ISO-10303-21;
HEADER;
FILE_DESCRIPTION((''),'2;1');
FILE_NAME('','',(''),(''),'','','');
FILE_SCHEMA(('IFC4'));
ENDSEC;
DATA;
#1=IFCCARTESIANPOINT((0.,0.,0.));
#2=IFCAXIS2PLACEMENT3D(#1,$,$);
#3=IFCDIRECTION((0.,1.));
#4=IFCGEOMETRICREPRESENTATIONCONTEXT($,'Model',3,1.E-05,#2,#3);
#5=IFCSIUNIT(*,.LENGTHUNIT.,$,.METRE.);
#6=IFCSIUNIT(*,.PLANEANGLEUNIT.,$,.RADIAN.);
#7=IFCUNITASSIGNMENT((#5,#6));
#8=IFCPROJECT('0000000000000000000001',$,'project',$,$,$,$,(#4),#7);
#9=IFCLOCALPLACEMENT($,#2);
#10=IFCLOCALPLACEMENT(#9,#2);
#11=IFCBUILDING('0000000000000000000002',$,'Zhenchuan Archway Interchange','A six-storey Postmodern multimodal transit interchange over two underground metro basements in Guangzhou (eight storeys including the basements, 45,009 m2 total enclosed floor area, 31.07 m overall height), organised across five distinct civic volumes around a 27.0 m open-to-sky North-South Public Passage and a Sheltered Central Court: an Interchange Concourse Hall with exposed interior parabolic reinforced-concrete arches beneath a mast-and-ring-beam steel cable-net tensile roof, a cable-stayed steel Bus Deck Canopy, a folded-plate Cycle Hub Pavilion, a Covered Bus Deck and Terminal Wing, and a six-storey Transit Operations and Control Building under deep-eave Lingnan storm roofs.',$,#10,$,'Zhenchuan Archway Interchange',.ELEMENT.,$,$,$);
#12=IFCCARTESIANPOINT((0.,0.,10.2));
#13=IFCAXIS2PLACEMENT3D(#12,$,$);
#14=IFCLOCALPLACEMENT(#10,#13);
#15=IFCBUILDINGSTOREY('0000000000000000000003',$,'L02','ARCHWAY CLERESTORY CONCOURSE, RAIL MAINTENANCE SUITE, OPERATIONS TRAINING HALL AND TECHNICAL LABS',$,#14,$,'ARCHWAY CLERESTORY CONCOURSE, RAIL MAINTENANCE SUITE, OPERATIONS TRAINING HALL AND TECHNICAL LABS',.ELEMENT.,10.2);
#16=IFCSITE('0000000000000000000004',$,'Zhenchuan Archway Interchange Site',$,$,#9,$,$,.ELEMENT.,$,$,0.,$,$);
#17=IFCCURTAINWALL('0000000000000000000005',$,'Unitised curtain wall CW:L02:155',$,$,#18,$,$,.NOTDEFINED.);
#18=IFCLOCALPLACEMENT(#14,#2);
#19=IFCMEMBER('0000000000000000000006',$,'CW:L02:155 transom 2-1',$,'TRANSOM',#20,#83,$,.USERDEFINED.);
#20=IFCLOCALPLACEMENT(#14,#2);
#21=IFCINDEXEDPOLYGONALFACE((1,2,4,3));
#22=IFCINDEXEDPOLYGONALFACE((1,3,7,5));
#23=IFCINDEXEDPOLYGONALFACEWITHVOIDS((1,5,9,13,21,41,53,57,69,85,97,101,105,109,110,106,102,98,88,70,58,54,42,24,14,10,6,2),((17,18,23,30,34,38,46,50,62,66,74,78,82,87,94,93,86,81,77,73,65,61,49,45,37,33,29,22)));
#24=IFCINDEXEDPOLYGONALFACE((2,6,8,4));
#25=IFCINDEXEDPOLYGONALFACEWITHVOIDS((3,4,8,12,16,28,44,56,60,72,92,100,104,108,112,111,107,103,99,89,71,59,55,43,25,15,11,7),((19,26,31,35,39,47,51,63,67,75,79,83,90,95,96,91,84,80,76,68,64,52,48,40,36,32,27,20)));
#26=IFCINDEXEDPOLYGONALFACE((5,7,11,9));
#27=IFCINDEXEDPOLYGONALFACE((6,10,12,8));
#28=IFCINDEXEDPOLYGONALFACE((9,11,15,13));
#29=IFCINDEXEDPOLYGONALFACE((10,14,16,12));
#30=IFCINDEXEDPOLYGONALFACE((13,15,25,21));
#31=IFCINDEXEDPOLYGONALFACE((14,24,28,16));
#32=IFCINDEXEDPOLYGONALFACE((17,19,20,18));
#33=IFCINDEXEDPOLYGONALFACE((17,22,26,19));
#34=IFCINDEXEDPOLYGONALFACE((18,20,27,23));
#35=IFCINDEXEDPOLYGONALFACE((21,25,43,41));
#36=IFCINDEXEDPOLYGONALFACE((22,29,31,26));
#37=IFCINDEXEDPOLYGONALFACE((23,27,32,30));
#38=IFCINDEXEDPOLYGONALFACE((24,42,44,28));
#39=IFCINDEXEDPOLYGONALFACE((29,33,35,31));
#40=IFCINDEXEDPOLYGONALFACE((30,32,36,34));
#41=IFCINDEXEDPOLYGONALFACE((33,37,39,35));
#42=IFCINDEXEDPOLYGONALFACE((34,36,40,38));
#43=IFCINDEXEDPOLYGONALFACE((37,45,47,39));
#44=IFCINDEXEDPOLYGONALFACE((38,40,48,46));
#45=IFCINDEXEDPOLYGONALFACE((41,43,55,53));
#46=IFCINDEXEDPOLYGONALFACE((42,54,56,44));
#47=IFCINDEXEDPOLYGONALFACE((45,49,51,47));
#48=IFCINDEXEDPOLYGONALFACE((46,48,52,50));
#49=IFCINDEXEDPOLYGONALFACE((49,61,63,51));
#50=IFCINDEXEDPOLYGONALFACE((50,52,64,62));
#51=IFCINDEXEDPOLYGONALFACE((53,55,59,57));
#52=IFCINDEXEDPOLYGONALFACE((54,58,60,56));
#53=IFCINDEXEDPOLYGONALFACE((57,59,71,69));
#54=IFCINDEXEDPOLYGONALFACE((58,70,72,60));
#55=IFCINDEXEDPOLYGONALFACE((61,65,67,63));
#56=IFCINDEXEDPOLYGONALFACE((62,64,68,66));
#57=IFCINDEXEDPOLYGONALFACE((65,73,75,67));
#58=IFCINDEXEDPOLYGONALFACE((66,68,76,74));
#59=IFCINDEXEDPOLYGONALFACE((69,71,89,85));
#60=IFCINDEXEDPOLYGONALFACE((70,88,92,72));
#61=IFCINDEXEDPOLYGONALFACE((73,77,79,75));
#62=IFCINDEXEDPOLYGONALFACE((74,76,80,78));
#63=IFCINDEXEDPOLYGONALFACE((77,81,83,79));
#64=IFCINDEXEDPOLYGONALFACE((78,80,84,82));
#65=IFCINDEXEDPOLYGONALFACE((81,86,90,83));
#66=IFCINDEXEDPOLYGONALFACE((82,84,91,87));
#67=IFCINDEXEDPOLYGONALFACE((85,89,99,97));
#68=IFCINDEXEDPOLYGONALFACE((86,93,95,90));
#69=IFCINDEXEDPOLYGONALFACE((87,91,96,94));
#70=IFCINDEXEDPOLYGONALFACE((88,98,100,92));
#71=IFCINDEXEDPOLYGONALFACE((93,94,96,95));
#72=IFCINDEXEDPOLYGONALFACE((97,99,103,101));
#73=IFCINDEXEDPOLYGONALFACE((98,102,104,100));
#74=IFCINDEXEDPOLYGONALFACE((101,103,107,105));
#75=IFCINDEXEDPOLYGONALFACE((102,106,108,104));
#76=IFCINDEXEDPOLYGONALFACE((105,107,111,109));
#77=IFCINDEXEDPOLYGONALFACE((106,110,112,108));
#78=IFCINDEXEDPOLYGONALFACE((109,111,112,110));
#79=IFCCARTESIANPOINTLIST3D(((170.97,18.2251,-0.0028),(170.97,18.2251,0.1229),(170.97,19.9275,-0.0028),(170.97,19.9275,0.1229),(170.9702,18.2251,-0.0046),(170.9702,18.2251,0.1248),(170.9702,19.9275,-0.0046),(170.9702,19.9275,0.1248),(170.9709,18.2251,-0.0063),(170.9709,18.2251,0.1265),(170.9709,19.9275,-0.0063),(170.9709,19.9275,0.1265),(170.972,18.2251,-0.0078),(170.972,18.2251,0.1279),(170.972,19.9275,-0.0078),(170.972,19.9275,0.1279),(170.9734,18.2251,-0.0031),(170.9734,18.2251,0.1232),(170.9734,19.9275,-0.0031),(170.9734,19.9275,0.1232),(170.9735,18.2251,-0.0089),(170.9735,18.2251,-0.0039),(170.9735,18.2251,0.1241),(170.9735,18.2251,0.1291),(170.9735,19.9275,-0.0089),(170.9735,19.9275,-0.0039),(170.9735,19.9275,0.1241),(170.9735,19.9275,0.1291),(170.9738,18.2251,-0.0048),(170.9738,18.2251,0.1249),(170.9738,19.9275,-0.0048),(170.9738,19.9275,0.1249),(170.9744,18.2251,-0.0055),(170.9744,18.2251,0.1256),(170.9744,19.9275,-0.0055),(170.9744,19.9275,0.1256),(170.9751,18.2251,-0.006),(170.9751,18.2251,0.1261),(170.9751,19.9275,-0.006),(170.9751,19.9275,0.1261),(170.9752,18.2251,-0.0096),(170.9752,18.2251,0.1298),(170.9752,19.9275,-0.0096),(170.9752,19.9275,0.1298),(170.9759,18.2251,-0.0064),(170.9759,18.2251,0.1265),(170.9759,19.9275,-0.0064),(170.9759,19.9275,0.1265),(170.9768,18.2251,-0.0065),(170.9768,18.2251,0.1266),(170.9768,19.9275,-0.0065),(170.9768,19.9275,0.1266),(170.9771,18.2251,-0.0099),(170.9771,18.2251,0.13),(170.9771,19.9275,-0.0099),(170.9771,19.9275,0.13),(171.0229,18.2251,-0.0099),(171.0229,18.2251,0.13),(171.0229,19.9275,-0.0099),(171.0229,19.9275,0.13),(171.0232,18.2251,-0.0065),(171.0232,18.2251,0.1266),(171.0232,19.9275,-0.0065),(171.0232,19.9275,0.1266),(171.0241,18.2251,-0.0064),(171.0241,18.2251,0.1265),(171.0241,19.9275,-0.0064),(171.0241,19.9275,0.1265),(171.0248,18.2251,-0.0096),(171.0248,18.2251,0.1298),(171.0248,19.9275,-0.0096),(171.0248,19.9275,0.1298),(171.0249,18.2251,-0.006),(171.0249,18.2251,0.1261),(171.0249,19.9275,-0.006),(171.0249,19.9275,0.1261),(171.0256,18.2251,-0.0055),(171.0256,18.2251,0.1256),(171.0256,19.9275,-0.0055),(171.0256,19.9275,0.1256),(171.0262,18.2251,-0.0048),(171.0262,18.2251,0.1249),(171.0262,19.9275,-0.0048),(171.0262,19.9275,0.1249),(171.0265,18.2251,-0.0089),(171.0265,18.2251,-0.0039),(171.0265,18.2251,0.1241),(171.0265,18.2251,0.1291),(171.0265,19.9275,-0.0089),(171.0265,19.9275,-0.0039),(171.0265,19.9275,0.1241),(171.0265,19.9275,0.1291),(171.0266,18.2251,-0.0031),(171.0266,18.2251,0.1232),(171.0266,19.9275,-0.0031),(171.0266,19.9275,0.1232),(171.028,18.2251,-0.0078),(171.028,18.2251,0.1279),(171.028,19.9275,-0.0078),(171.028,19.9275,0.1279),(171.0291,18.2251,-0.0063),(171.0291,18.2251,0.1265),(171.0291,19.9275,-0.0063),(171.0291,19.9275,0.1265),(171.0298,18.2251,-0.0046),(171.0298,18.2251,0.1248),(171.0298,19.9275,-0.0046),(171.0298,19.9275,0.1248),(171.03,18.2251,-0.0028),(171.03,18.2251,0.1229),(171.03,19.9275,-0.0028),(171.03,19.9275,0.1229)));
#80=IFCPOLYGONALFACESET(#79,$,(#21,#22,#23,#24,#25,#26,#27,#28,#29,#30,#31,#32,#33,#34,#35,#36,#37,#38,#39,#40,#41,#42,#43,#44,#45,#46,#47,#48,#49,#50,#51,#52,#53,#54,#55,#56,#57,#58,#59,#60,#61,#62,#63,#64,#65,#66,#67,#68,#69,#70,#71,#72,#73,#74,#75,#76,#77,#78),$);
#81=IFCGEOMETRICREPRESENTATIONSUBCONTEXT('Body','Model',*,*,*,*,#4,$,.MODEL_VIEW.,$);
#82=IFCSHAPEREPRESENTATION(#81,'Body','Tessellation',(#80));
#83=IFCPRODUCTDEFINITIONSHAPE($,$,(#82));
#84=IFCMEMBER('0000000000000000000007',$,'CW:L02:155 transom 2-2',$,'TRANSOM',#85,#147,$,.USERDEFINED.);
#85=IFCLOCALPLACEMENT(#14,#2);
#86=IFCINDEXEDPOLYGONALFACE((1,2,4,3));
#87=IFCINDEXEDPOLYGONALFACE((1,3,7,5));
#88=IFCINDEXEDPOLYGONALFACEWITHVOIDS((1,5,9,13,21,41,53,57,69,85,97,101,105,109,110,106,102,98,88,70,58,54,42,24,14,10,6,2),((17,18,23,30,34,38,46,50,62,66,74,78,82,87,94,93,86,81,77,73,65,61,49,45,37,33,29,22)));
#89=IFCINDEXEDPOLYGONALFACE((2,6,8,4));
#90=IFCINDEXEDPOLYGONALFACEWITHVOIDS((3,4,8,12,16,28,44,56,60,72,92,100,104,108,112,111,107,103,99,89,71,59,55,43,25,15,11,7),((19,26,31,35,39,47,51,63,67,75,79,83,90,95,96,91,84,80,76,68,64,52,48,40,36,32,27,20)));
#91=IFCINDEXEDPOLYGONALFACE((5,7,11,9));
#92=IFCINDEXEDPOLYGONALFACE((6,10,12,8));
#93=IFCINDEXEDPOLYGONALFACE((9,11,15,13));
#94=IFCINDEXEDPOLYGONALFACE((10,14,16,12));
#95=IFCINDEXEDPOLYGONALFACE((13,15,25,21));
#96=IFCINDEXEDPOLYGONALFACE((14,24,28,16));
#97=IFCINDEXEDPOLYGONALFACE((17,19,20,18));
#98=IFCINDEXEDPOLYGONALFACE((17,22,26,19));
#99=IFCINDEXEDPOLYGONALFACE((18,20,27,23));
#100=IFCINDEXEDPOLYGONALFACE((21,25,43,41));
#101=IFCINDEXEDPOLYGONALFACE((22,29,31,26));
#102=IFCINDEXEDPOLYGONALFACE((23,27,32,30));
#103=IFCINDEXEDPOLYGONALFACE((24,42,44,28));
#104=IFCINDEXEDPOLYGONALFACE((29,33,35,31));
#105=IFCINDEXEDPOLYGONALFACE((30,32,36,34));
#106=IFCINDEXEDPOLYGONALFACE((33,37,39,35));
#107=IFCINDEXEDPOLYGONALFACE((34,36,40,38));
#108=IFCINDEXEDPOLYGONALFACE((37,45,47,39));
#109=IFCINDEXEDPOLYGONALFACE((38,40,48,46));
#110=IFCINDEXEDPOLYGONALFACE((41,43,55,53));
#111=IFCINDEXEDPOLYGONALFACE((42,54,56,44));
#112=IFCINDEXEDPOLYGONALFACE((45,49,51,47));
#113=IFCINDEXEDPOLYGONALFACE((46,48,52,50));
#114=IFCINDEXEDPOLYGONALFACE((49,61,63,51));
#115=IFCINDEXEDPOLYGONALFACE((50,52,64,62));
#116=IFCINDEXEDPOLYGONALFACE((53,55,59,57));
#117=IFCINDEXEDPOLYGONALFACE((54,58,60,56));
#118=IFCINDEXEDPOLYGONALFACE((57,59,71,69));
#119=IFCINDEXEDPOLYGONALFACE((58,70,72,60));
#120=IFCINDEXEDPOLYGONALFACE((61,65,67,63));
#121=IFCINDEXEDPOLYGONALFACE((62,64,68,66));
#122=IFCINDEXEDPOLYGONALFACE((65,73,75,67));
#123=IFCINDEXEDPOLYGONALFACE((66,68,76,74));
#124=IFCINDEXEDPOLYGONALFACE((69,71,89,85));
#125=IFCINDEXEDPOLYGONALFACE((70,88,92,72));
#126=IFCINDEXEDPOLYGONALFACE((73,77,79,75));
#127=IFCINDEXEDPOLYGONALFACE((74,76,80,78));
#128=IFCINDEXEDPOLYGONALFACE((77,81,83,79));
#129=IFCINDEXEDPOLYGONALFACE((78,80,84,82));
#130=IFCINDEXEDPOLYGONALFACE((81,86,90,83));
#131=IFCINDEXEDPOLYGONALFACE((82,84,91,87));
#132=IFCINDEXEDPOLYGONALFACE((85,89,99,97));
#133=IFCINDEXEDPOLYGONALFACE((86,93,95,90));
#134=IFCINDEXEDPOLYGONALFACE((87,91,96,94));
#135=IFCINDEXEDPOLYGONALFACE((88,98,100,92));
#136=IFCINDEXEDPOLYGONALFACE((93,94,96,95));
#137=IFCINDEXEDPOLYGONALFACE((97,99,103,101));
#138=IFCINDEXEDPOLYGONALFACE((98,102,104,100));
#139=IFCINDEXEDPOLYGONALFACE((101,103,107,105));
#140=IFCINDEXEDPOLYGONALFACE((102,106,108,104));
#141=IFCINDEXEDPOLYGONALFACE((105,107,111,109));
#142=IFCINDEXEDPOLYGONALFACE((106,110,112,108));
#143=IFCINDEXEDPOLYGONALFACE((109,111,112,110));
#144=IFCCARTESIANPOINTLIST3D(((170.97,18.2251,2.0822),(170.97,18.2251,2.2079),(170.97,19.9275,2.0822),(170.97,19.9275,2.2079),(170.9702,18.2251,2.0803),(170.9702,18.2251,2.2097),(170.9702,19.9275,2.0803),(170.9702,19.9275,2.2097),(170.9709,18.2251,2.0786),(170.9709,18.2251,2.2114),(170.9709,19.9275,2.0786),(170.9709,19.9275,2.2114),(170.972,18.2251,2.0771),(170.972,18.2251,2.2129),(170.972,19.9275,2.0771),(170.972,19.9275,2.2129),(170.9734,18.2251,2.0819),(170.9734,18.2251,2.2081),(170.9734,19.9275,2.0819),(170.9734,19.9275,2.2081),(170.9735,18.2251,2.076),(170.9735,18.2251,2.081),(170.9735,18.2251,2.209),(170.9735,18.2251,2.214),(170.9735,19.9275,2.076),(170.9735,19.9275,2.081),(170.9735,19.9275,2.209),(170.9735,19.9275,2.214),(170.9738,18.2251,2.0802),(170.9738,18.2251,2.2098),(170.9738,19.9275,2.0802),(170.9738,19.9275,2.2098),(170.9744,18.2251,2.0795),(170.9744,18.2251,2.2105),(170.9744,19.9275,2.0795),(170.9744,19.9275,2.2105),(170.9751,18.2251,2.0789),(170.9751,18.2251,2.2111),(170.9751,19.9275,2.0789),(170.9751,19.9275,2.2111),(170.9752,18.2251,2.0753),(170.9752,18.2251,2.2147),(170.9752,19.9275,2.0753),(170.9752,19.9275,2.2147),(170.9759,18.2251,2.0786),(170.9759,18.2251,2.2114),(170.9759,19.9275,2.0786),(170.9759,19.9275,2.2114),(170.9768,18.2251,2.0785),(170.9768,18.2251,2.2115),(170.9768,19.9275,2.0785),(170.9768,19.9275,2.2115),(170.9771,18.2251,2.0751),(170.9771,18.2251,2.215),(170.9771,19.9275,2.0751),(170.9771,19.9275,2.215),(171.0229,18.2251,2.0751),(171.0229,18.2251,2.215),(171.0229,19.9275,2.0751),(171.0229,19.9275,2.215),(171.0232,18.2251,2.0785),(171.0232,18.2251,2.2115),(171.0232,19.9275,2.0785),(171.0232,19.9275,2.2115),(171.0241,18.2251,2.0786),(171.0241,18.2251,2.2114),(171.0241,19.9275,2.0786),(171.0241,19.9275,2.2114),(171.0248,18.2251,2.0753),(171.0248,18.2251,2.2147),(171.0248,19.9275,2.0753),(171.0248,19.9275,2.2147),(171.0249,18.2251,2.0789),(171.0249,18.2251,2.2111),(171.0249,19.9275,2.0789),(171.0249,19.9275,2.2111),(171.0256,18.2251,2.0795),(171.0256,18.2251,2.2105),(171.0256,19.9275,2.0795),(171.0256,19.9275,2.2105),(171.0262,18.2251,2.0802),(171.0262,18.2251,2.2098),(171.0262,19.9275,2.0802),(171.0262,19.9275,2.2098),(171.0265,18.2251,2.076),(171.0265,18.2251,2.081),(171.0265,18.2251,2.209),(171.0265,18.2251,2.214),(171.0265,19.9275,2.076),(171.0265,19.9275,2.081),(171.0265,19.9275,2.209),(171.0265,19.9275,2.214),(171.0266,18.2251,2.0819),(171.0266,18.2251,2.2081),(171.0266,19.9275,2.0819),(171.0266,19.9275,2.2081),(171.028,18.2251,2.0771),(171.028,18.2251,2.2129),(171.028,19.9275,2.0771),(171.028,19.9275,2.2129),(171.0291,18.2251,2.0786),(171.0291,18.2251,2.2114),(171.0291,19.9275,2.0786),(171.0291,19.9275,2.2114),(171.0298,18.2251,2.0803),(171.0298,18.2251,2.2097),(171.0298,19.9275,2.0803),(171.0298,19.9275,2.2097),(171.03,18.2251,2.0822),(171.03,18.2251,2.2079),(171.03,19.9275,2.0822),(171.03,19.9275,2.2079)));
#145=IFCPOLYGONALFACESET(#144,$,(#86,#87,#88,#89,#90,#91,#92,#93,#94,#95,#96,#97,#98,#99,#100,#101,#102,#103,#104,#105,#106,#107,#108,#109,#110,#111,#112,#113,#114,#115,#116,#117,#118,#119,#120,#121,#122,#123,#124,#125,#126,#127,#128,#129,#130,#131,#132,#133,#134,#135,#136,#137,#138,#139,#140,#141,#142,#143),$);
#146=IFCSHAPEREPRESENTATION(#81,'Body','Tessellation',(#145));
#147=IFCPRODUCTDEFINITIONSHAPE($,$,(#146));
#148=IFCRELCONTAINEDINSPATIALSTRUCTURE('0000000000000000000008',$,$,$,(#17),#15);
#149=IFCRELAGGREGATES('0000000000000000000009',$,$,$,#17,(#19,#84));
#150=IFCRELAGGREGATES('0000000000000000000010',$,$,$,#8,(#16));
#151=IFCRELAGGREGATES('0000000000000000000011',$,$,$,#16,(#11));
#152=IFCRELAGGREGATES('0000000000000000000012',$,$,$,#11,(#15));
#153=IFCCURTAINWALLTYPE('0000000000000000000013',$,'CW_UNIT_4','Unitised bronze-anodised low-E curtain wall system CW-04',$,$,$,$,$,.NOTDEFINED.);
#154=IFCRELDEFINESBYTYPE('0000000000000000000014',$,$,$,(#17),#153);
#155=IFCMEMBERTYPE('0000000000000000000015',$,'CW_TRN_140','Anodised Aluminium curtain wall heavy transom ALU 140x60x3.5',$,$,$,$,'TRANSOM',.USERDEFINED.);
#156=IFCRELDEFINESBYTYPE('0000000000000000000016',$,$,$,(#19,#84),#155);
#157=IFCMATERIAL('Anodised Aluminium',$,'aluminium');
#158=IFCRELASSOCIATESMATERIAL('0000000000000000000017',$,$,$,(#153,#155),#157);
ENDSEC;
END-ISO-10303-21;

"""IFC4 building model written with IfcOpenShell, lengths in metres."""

from ifc_helpers import new_model, si_unit, direction, frame, origin, origin_2d, place, context, subcontext, project, spatial, hollow_rectangle, extrude, material, material_profile, profile_set, type_object, element, aggregate, save


model = new_model("IFC4")

# Units and contexts
model_context = context("Model", 3, precision=1e-05, world=origin(), true_north=direction((0.0, 1.0)))
body_context = subcontext(model_context, "Body", "Model", "MODEL_VIEW")
ifc_project = project(units=[si_unit("LENGTHUNIT", "METRE"), si_unit("PLANEANGLEUNIT", "RADIAN")], contexts=[model_context])

# Site, building, storey
site_placement = place(None, origin())
site = spatial("IfcSite", under=ifc_project, at=site_placement, Name="Zhenchuan Archway Interchange Site", CompositionType="ELEMENT", RefElevation=0.0)
building_placement = place(site_placement, origin())
building = spatial("IfcBuilding", under=site, at=building_placement, Name="Zhenchuan Archway Interchange", Description="A six-storey Postmodern multimodal transit interchange over two underground metro basements in Guangzhou (eight storeys including the basements, 45,009 m2 total enclosed floor area, 31.07 m overall height), organised across five distinct civic volumes around a 27.0 m open-to-sky North-South Public Passage and a Sheltered Central Court: an Interchange Concourse Hall with exposed interior parabolic reinforced-concrete arches beneath a mast-and-ring-beam steel cable-net tensile roof, a cable-stayed steel Bus Deck Canopy, a folded-plate Cycle Hub Pavilion, a Covered Bus Deck and Terminal Wing, and a six-storey Transit Operations and Control Building under deep-eave Lingnan storm roofs.", LongName="Zhenchuan Archway Interchange", CompositionType="ELEMENT")
storey_placement = place(building_placement, frame((0.0, 0.0, 10.2)))
storey = spatial("IfcBuildingStorey", under=building, at=storey_placement, Name="L02", Description="ARCHWAY CLERESTORY CONCOURSE, RAIL MAINTENANCE SUITE, OPERATIONS TRAINING HALL AND TECHNICAL LABS", LongName="ARCHWAY CLERESTORY CONCOURSE, RAIL MAINTENANCE SUITE, OPERATIONS TRAINING HALL AND TECHNICAL LABS", CompositionType="ELEMENT", Elevation=10.2)

# Curtain wall, members
ifc_material_1 = material(Name="Anodised Aluminium", Category="aluminium")
curtain_wall_type = type_object("IfcCurtainWallType", Name="CW_UNIT_4", Description="Unitised bronze-anodised low-E curtain wall system CW-04", PredefinedType="NOTDEFINED", material=ifc_material_1)
curtain_wall_placement = place(storey_placement, origin())
curtain_wall = element("IfcCurtainWall", 1, at=curtain_wall_placement, inside=storey, type_object=curtain_wall_type, Name="Unitised curtain wall CW:L02:155", PredefinedType="NOTDEFINED")
ifc_material_profile_1 = material_profile(ifc_material_1, hollow_rectangle(XDim=0.0601, YDim=0.1399, WallThickness=0.0034, InnerFilletRadius=0.0034, OuterFilletRadius=0.0071, at=origin_2d()), Name="ALU 140x60x3.5")
ifc_profile_set_1 = profile_set([ifc_material_profile_1], Name="Anodised Aluminium")
member_type_1 = type_object("IfcMemberType", Name="CW_TRN_140", Description="Anodised Aluminium curtain wall heavy transom ALU 140x60x3.5", ElementType="TRANSOM", PredefinedType="USERDEFINED", material=ifc_profile_set_1)
member_1_placement = place(storey_placement, frame((171.0, 19.9275, 0.0601), z_axis=(0.0, -1.0, 0.0), x_axis=(1.0, 0.0, 0.0)))
member_1 = element("IfcMember", 2, at=member_1_placement, type_object=member_type_1, Name="CW:L02:155 transom 2-1", ObjectType="TRANSOM", PredefinedType="USERDEFINED", context=body_context, shape_type="SweptSolid", body=[
    extrude(hollow_rectangle(XDim=0.0601, YDim=0.1399, WallThickness=0.0034, InnerFilletRadius=0.0034, OuterFilletRadius=0.0071, at=origin_2d()), origin(), (0.0, 0.0, 1.0), 1.7024),
])
member_2_placement = place(storey_placement, frame((171.0, 19.9275, 2.145), z_axis=(0.0, -1.0, 0.0), x_axis=(1.0, 0.0, 0.0)))
member_2 = element("IfcMember", 3, at=member_2_placement, type_object=member_type_1, Name="CW:L02:155 transom 2-2", ObjectType="TRANSOM", PredefinedType="USERDEFINED", context=body_context, shape_type="SweptSolid", body=[
    extrude(hollow_rectangle(XDim=0.0601, YDim=0.1399, WallThickness=0.0034, InnerFilletRadius=0.0034, OuterFilletRadius=0.0071, at=origin_2d()), origin(), (0.0, 0.0, 1.0), 1.7024),
])
aggregate(curtain_wall, [member_1, member_2])

save(model, "model.ifc")
